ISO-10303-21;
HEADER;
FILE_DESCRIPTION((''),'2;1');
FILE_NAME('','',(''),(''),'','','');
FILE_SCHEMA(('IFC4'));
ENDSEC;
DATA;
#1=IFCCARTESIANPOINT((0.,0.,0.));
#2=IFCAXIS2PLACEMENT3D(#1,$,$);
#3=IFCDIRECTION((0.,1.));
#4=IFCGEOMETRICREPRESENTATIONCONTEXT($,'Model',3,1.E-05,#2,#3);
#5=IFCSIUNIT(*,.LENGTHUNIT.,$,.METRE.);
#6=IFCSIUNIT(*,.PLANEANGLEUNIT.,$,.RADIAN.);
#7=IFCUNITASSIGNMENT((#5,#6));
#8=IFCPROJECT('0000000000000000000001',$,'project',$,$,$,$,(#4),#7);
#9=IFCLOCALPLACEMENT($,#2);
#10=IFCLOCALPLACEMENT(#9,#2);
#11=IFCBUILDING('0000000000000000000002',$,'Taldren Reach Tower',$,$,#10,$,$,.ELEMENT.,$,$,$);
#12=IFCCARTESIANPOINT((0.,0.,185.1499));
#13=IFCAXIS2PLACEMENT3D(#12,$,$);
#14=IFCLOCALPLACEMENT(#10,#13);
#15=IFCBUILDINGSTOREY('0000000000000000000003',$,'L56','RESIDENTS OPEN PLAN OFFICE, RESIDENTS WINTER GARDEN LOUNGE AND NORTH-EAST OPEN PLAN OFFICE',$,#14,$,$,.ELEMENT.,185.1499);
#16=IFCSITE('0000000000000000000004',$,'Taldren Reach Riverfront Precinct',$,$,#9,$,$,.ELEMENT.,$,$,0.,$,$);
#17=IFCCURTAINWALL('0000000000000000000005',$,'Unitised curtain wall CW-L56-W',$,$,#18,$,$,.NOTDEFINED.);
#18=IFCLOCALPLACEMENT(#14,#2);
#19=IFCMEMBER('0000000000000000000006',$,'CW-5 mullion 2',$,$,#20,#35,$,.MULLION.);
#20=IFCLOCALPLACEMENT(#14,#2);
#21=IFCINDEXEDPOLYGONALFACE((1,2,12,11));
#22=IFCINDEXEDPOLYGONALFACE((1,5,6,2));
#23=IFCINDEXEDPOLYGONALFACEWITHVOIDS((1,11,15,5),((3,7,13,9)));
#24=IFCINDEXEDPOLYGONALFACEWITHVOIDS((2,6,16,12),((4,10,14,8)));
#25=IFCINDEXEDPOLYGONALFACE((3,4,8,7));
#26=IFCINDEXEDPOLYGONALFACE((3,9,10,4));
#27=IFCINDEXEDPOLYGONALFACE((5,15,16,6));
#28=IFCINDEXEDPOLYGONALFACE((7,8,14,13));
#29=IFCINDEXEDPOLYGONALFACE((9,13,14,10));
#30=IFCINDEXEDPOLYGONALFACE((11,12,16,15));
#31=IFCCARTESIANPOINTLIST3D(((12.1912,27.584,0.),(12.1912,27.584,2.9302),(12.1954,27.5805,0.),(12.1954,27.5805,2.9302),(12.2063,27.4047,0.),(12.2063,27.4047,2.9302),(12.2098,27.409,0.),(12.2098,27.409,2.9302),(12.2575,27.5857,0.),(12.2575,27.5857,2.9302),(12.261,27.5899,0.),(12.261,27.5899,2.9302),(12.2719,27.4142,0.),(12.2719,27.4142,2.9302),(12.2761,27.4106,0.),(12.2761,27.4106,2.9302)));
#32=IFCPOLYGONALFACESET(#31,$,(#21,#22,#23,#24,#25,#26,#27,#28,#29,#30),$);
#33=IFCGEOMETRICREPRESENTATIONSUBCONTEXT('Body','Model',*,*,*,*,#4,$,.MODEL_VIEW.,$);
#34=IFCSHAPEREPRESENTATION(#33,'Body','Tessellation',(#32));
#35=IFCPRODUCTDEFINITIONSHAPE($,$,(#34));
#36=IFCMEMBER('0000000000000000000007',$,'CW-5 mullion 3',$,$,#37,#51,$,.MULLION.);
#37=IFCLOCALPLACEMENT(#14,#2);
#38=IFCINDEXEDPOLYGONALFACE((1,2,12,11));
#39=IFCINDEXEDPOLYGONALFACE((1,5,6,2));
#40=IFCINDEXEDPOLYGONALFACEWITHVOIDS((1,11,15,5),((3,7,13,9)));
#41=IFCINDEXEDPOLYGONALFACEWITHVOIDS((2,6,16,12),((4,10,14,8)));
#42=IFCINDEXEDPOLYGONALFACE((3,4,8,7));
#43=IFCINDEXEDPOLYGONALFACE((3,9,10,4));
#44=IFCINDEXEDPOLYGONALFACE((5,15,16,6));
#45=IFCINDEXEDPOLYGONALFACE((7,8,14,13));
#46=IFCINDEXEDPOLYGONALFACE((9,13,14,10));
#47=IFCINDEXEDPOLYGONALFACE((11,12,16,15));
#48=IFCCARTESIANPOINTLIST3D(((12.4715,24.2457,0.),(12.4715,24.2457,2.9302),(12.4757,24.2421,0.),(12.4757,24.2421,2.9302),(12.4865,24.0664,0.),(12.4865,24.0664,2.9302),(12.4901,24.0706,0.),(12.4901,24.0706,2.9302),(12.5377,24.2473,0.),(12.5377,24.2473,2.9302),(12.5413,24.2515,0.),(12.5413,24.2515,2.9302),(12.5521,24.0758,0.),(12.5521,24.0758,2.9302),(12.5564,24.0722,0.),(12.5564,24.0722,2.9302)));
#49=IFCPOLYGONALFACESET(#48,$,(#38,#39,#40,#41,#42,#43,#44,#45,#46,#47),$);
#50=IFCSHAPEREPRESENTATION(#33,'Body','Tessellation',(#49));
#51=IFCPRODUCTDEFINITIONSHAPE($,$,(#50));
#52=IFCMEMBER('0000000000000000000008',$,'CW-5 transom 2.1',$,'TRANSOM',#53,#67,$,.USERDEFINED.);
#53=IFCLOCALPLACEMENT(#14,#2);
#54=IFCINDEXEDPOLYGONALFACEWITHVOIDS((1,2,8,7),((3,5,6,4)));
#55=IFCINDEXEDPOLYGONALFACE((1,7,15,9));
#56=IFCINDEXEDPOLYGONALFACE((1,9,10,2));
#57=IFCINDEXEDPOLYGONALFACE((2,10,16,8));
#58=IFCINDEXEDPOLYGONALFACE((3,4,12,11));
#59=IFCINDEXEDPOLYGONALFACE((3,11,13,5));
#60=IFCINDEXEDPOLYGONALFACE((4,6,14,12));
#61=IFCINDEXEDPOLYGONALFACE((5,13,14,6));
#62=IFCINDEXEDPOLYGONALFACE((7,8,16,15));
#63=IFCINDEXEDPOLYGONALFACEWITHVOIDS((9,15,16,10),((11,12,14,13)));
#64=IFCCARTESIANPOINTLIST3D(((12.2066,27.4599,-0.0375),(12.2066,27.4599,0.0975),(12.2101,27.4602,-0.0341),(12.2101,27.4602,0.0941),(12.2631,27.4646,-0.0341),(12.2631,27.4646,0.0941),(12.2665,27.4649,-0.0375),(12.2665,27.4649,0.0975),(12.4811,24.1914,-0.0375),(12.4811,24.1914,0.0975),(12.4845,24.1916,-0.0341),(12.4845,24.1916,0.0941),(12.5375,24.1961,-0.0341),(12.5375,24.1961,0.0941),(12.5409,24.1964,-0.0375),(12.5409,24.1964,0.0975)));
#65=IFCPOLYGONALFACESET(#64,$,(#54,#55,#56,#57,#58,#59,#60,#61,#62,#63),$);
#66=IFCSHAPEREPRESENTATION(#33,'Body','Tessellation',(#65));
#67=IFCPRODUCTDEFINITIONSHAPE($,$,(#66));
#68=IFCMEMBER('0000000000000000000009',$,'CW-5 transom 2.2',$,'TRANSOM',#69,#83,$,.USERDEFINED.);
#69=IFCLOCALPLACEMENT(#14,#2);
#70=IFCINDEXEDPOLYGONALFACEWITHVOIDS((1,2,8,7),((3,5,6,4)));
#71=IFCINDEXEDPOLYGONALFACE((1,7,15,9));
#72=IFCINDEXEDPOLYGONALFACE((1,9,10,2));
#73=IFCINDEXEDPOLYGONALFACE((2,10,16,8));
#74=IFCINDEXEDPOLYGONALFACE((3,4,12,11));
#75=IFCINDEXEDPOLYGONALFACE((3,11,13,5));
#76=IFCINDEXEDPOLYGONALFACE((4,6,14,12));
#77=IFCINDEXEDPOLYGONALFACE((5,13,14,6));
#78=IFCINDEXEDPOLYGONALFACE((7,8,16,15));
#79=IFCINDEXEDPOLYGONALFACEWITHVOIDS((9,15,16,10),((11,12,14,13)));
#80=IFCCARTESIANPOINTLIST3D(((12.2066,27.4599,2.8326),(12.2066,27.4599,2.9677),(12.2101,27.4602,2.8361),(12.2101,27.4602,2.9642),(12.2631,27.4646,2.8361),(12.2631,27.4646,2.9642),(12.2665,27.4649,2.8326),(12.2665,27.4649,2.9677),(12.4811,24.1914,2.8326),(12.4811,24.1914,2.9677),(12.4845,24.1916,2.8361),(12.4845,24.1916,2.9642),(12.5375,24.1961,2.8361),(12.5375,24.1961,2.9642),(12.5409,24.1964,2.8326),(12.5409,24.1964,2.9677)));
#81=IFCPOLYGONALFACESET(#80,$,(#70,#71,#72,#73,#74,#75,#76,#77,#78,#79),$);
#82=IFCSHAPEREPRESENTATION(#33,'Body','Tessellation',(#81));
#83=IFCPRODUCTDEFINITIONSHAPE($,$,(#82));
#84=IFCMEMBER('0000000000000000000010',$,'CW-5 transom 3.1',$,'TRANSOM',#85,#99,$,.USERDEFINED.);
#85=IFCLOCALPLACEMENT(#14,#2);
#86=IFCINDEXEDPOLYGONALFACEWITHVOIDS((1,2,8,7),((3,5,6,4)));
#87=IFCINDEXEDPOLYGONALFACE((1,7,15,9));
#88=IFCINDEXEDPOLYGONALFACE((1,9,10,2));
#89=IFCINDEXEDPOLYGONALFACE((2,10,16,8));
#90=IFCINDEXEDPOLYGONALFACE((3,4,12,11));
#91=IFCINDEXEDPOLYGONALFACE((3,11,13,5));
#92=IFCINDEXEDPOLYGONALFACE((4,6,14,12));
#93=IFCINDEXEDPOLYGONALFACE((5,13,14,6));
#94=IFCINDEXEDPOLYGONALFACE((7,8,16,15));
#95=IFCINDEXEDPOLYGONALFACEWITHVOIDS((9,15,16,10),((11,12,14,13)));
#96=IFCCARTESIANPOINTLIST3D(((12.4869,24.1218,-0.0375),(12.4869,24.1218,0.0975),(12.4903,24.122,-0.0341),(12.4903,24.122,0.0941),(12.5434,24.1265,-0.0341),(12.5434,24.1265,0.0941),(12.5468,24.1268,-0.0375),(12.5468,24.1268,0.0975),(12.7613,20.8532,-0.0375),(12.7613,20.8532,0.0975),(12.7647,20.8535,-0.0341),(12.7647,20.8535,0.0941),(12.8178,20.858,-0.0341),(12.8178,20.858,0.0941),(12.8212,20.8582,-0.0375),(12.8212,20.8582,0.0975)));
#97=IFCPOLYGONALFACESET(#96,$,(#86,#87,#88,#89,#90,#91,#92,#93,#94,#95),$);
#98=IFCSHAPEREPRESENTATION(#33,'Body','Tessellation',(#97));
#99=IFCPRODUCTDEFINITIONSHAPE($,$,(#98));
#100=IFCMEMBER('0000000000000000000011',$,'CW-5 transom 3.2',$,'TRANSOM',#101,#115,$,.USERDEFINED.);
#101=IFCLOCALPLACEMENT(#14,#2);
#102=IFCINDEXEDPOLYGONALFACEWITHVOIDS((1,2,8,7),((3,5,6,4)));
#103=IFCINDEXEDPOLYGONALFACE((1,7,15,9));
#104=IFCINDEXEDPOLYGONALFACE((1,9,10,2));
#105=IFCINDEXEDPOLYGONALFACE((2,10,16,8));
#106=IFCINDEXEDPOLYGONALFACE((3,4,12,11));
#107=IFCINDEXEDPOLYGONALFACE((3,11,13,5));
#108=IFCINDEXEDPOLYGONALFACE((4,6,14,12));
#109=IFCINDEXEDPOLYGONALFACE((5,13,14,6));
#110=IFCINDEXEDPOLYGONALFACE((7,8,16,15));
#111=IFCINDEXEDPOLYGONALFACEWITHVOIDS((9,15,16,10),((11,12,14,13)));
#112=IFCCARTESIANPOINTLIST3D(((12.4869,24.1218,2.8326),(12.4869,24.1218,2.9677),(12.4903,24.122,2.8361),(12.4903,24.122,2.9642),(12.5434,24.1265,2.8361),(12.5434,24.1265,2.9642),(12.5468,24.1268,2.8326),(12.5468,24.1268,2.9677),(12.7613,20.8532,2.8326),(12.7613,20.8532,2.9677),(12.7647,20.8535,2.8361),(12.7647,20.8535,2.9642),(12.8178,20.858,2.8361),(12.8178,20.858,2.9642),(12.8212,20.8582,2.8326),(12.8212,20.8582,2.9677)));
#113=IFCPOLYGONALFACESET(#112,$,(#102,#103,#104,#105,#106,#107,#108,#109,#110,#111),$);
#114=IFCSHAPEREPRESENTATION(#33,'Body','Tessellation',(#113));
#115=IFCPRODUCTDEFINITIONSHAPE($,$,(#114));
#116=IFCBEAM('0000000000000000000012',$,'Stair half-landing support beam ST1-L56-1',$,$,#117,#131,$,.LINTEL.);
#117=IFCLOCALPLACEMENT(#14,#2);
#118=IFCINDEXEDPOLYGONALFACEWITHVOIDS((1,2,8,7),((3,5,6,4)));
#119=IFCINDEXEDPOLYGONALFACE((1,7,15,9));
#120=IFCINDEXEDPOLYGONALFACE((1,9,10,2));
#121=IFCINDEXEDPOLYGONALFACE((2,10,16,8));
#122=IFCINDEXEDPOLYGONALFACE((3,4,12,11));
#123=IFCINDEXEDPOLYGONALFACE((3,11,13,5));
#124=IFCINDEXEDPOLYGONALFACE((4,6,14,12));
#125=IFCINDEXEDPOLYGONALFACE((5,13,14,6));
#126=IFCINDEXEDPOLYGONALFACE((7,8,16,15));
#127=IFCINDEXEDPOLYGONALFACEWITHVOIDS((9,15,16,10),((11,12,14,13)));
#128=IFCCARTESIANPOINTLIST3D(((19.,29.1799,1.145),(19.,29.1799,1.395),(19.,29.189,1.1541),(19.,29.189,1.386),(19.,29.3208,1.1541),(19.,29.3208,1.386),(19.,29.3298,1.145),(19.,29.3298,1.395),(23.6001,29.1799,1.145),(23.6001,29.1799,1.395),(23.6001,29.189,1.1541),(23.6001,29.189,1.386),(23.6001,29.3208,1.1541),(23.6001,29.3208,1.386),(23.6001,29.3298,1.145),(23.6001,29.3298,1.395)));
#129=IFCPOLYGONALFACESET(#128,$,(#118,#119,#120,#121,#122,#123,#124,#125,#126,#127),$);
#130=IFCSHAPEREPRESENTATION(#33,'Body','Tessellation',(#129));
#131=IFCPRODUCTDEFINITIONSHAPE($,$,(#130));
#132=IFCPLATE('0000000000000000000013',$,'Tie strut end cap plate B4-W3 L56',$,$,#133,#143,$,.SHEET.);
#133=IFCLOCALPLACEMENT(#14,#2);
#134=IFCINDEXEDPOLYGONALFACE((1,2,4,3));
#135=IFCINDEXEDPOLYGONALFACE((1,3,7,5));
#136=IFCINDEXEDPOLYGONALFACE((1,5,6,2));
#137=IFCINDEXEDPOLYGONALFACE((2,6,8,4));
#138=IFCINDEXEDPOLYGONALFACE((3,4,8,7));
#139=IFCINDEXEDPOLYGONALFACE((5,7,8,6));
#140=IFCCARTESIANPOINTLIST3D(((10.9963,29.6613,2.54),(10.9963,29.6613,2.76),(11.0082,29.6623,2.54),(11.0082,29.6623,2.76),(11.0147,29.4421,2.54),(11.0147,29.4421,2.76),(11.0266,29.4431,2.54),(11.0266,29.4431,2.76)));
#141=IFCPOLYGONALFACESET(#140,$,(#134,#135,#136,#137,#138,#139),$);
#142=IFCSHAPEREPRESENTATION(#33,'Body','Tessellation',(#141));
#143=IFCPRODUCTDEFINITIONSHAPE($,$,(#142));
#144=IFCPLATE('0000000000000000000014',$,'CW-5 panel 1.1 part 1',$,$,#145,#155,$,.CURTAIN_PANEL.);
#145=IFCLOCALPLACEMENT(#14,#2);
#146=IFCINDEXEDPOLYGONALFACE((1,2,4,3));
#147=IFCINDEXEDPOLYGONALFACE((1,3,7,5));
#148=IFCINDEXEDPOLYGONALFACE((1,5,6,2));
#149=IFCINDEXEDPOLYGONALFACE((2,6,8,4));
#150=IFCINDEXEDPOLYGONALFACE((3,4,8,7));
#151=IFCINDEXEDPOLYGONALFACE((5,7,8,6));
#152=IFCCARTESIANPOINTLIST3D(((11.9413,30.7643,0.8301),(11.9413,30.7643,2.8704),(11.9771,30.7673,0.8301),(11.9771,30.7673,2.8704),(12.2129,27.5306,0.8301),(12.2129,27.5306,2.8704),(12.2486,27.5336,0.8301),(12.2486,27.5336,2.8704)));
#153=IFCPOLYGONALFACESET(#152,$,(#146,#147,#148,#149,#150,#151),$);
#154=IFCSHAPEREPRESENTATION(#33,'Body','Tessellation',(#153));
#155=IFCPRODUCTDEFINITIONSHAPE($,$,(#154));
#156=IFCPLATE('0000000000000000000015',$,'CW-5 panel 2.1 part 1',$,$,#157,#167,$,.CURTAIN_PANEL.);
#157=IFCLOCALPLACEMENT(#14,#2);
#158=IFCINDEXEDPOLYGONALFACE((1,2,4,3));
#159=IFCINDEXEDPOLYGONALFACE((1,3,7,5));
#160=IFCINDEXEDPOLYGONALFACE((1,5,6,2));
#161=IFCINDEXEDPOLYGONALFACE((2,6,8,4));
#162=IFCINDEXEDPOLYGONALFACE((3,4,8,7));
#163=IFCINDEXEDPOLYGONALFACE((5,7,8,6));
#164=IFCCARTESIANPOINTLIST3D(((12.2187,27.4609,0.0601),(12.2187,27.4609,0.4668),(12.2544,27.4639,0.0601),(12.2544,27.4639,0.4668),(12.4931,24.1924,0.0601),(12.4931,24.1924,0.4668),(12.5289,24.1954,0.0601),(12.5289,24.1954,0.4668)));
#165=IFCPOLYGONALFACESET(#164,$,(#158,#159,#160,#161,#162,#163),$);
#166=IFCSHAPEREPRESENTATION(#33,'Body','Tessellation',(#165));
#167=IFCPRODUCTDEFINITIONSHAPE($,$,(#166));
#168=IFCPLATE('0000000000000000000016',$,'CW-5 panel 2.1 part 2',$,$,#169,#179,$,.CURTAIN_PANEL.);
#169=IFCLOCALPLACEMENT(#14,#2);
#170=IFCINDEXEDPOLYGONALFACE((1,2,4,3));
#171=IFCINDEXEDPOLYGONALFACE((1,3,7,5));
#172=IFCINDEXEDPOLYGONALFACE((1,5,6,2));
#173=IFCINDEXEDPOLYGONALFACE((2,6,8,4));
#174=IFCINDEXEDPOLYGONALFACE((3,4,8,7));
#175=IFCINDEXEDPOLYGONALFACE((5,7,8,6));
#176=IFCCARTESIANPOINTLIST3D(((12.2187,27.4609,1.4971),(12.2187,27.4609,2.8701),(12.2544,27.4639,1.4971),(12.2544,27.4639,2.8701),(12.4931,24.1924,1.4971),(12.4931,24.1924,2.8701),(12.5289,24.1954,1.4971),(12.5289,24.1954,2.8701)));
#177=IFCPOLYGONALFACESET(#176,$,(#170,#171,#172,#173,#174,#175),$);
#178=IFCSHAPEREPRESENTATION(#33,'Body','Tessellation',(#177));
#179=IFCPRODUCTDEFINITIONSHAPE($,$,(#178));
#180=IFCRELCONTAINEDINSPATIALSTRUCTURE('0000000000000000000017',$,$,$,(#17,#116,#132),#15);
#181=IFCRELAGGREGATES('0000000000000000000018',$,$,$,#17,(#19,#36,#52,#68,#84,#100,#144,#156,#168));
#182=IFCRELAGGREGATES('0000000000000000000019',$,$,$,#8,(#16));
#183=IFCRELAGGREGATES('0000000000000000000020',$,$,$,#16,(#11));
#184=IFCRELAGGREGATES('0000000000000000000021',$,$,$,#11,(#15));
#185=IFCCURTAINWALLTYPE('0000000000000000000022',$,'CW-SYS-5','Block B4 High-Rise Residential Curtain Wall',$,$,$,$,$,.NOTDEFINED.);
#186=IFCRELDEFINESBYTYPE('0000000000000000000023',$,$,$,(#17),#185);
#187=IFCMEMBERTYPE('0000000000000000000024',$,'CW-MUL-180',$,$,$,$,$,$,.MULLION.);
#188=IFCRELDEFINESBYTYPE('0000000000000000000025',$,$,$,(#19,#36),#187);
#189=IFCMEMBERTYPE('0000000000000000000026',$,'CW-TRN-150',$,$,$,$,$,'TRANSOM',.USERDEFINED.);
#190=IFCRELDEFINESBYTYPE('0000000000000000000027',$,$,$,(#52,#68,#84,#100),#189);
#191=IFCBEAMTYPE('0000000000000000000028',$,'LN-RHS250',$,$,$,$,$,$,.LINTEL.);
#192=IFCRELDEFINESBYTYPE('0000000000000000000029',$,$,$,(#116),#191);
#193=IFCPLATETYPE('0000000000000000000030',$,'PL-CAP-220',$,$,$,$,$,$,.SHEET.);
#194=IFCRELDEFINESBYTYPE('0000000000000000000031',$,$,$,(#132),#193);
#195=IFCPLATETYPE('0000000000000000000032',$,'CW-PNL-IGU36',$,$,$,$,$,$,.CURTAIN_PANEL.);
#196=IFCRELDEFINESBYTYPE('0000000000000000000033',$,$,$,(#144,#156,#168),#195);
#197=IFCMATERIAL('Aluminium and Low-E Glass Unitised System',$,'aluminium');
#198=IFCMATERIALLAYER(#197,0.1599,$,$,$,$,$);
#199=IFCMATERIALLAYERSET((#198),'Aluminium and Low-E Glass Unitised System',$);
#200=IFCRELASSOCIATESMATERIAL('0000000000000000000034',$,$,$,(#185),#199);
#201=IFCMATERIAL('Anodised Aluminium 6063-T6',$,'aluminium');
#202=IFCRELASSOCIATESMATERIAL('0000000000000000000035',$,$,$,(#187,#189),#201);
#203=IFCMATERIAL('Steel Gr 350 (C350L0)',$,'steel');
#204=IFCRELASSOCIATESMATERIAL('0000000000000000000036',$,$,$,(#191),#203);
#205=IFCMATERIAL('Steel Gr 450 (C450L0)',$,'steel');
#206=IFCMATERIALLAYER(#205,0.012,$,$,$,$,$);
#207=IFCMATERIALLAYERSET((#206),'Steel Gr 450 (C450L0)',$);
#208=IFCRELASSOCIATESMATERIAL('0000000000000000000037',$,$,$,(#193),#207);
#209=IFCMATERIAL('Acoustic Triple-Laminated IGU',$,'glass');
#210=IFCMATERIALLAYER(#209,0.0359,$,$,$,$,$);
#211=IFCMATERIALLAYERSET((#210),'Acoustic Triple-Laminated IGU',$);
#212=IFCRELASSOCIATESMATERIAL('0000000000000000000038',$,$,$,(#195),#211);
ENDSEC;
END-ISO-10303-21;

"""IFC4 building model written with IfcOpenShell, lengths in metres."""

from ifc_helpers import new_model, si_unit, direction, frame, origin, origin_2d, place, context, subcontext, project, spatial, rectangle, hollow_rectangle, extrude, source, transform, mapped, material, layer, layer_set, material_profile, profile_set, type_object, element, aggregate, save


model = new_model("IFC4")

# Units and contexts
model_context = context("Model", 3, precision=1e-05, world=origin(), true_north=direction((0.0, 1.0)))
body_context = subcontext(model_context, "Body", "Model", "MODEL_VIEW")
ifc_project = project(units=[si_unit("LENGTHUNIT", "METRE"), si_unit("PLANEANGLEUNIT", "RADIAN")], contexts=[model_context])

# Site, building, storey
site_placement = place(None, origin())
site = spatial("IfcSite", under=ifc_project, at=site_placement, Name="Taldren Reach Riverfront Precinct", CompositionType="ELEMENT", RefElevation=0.0)
building_placement = place(site_placement, origin())
building = spatial("IfcBuilding", under=site, at=building_placement, Name="Taldren Reach Tower", CompositionType="ELEMENT")
storey_placement = place(building_placement, frame((0.0, 0.0, 185.1499)))
storey = spatial("IfcBuildingStorey", under=building, at=storey_placement, Name="L56", Description="RESIDENTS OPEN PLAN OFFICE, RESIDENTS WINTER GARDEN LOUNGE AND NORTH-EAST OPEN PLAN OFFICE", CompositionType="ELEMENT", Elevation=185.1499)

# Shared definitions
ifc_material_1 = material(Name="Steel Gr 450 (C450L0)", Category="steel")

# Shared definitions
ifc_material_2 = material(Name="Steel Gr 350 (C350L0)", Category="steel")

# Curtain wall, members
ifc_material_3 = material(Name="Aluminium and Low-E Glass Unitised System", Category="aluminium")
ifc_layer_1 = layer(ifc_material_3, 0.1599)
ifc_layer_set_1 = layer_set([ifc_layer_1], Name="Aluminium and Low-E Glass Unitised System")
curtain_wall_type = type_object("IfcCurtainWallType", Name="CW-SYS-5", Description="Block B4 High-Rise Residential Curtain Wall", PredefinedType="NOTDEFINED", material=ifc_layer_set_1)
curtain_wall_placement = place(storey_placement, origin())
curtain_wall = element("IfcCurtainWall", 1, at=curtain_wall_placement, inside=storey, type_object=curtain_wall_type, Name="Unitised curtain wall CW-L56-W", PredefinedType="NOTDEFINED")
ifc_material_4 = material(Name="Anodised Aluminium 6063-T6", Category="aluminium")
ifc_material_profile_1 = material_profile(ifc_material_4, hollow_rectangle(XDim=0.0701, YDim=0.1799, WallThickness=0.0039, at=origin_2d()), Name="ALU-180x70x4RHS")
ifc_profile_set_1 = profile_set([ifc_material_profile_1], Name="Anodised Aluminium 6063-T6")
member_type_1 = type_object("IfcMemberType", Name="CW-MUL-180", PredefinedType="MULLION", material=ifc_profile_set_1)
shared_shape_1 = source(origin(), body_context, "Body", "SweptSolid", [
    extrude(hollow_rectangle(XDim=0.0701, YDim=0.1799, WallThickness=0.0039, at=origin_2d()), origin(), (0.0, 0.0, 1.0), 2.9302),
])
member_1_placement = place(storey_placement, frame((12.2336, 27.4973, 0.0), z_axis=(0.0, 0.0, 1.0), x_axis=(0.996493, 0.083678, 0.0)))
member_1 = element("IfcMember", 2, at=member_1_placement, type_object=member_type_1, Name="CW-5 mullion 2", PredefinedType="MULLION", context=body_context, shape_type="MappedRepresentation", body=[
    mapped(shared_shape_1, transform((0.0, 0.0, 0.0), scale=1.0)),
])
member_2_placement = place(storey_placement, frame((12.5139, 24.1589, 0.0), z_axis=(0.0, 0.0, 1.0), x_axis=(0.996493, 0.083678, 0.0)))
member_2 = element("IfcMember", 3, at=member_2_placement, type_object=member_type_1, Name="CW-5 mullion 3", PredefinedType="MULLION", context=body_context, shape_type="MappedRepresentation", body=[
    mapped(shared_shape_1, transform((0.0, 0.0, 0.0), scale=1.0)),
])
ifc_material_profile_2 = material_profile(ifc_material_4, hollow_rectangle(XDim=0.0601, YDim=0.135, WallThickness=0.0034, at=origin_2d()), Name="ALU-135x60x3.5RHS")
ifc_profile_set_2 = profile_set([ifc_material_profile_2], Name="Anodised Aluminium 6063-T6")
member_type_2 = type_object("IfcMemberType", Name="CW-TRN-150", ElementType="TRANSOM", PredefinedType="USERDEFINED", material=ifc_profile_set_2)
shared_shape_2 = source(origin(), body_context, "Body", "SweptSolid", [
    extrude(hollow_rectangle(XDim=0.0601, YDim=0.135, WallThickness=0.0034, at=origin_2d()), origin(), (0.0, 0.0, 1.0), 3.28),
])
member_3_placement = place(storey_placement, frame((12.2366, 27.4624, 0.03), z_axis=(0.083661, -0.996494, 0.0), x_axis=(0.996494, 0.083661, 0.0)))
member_3 = element("IfcMember", 4, at=member_3_placement, type_object=member_type_2, Name="CW-5 transom 2.1", ObjectType="TRANSOM", PredefinedType="USERDEFINED", context=body_context, shape_type="MappedRepresentation", body=[
    mapped(shared_shape_2, transform((0.0, 0.0, 0.0), scale=1.0)),
])
member_4_placement = place(storey_placement, frame((12.2366, 27.4624, 2.9001), z_axis=(0.083661, -0.996494, 0.0), x_axis=(0.996494, 0.083661, 0.0)))
member_4 = element("IfcMember", 5, at=member_4_placement, type_object=member_type_2, Name="CW-5 transom 2.2", ObjectType="TRANSOM", PredefinedType="USERDEFINED", context=body_context, shape_type="MappedRepresentation", body=[
    mapped(shared_shape_2, transform((0.0, 0.0, 0.0), scale=1.0)),
])
member_5_placement = place(storey_placement, frame((12.5168, 24.1243, 0.03), z_axis=(0.083661, -0.996494, 0.0), x_axis=(0.996494, 0.083661, 0.0)))
member_5 = element("IfcMember", 6, at=member_5_placement, type_object=member_type_2, Name="CW-5 transom 3.1", ObjectType="TRANSOM", PredefinedType="USERDEFINED", context=body_context, shape_type="MappedRepresentation", body=[
    mapped(shared_shape_2, transform((0.0, 0.0, 0.0), scale=1.0)),
])
member_6_placement = place(storey_placement, frame((12.5168, 24.1243, 2.9001), z_axis=(0.083661, -0.996494, 0.0), x_axis=(0.996494, 0.083661, 0.0)))
member_6 = element("IfcMember", 7, at=member_6_placement, type_object=member_type_2, Name="CW-5 transom 3.2", ObjectType="TRANSOM", PredefinedType="USERDEFINED", context=body_context, shape_type="MappedRepresentation", body=[
    mapped(shared_shape_2, transform((0.0, 0.0, 0.0), scale=1.0)),
])

# Beam
ifc_material_profile_3 = material_profile(ifc_material_2, hollow_rectangle(XDim=0.1499, YDim=0.25, WallThickness=0.009, at=origin_2d()), Name="250x150x9.0RHS")
ifc_profile_set_3 = profile_set([ifc_material_profile_3], Name="Steel Gr 350 (C350L0)")
beam_type_1 = type_object("IfcBeamType", Name="LN-RHS250", PredefinedType="LINTEL", material=ifc_profile_set_3)
shared_shape_3 = source(origin(), body_context, "Body", "SweptSolid", [
    extrude(hollow_rectangle(XDim=0.1499, YDim=0.25, WallThickness=0.009, at=origin_2d()), origin(), (0.0, 0.0, 1.0), 4.6001),
])
beam_1_placement = place(storey_placement, frame((19.0, 29.2549, 1.27), z_axis=(1.0, 0.0, 0.0), x_axis=(0.0, 1.0, 0.0)))
element("IfcBeam", 8, at=beam_1_placement, inside=storey, type_object=beam_type_1, Name="Stair half-landing support beam ST1-L56-1", PredefinedType="LINTEL", context=body_context, shape_type="MappedRepresentation", body=[
    mapped(shared_shape_3, transform((0.0, 0.0, 0.0), scale=1.0)),
])

# Plates
ifc_layer_2 = layer(ifc_material_1, 0.012)
ifc_layer_set_2 = layer_set([ifc_layer_2], Name="Steel Gr 450 (C450L0)")
plate_type_1 = type_object("IfcPlateType", Name="PL-CAP-220", PredefinedType="SHEET", material=ifc_layer_set_2)
shared_shape_4 = source(origin(), body_context, "Body", "SweptSolid", [
    extrude(rectangle(XDim=0.012, YDim=0.22, at=origin_2d()), origin(), (0.0, 0.0, 1.0), 0.22),
])
plate_1_placement = place(storey_placement, frame((11.0115, 29.5522, 2.54), z_axis=(0.0, 0.0, 1.0), x_axis=(0.996493, 0.083678, 0.0)))
element("IfcPlate", 9, at=plate_1_placement, inside=storey, type_object=plate_type_1, Name="Tie strut end cap plate B4-W3 L56", PredefinedType="SHEET", context=body_context, shape_type="MappedRepresentation", body=[
    mapped(shared_shape_4, transform((0.0, 0.0, 0.0), scale=1.0)),
])
ifc_material_5 = material(Name="Acoustic Triple-Laminated IGU", Category="glass")
ifc_layer_3 = layer(ifc_material_5, 0.0359)
ifc_layer_set_3 = layer_set([ifc_layer_3], Name="Acoustic Triple-Laminated IGU")
plate_type_2 = type_object("IfcPlateType", Name="CW-PNL-IGU36", PredefinedType="CURTAIN_PANEL", material=ifc_layer_set_3)
shared_shape_5 = source(origin(), body_context, "Body", "SweptSolid", [
    extrude(rectangle(XDim=3.2451, YDim=0.0359, at=origin_2d()), origin(), (0.0, 0.0, 1.0), 2.0403),
])
plate_2_placement = place(storey_placement, frame((12.095, 29.1489, 0.8301), z_axis=(0.0, 0.0, 1.0), x_axis=(0.083678, -0.996493, 0.0)))
plate_2 = element("IfcPlate", 10, at=plate_2_placement, type_object=plate_type_2, Name="CW-5 panel 1.1 part 1", PredefinedType="CURTAIN_PANEL", context=body_context, shape_type="MappedRepresentation", body=[
    mapped(shared_shape_5, transform((0.0, 0.0, 0.0), scale=1.0)),
])
shared_shape_6 = source(origin(), body_context, "Body", "SweptSolid", [
    extrude(rectangle(XDim=3.28, YDim=0.0359, at=origin_2d()), origin(), (0.0, 0.0, 1.0), 0.4067),
])
plate_3_placement = place(storey_placement, frame((12.3738, 25.8281, 0.0601), z_axis=(0.0, 0.0, 1.0), x_axis=(0.083678, -0.996493, 0.0)))
plate_3 = element("IfcPlate", 11, at=plate_3_placement, type_object=plate_type_2, Name="CW-5 panel 2.1 part 1", PredefinedType="CURTAIN_PANEL", context=body_context, shape_type="MappedRepresentation", body=[
    mapped(shared_shape_6, transform((0.0, 0.0, 0.0), scale=1.0)),
])
shared_shape_7 = source(origin(), body_context, "Body", "SweptSolid", [
    extrude(rectangle(XDim=3.28, YDim=0.0359, at=origin_2d()), origin(), (0.0, 0.0, 1.0), 1.373),
])
plate_4_placement = place(storey_placement, frame((12.3738, 25.8281, 1.4971), z_axis=(0.0, 0.0, 1.0), x_axis=(0.083678, -0.996493, 0.0)))
plate_4 = element("IfcPlate", 12, at=plate_4_placement, type_object=plate_type_2, Name="CW-5 panel 2.1 part 2", PredefinedType="CURTAIN_PANEL", context=body_context, shape_type="MappedRepresentation", body=[
    mapped(shared_shape_7, transform((0.0, 0.0, 0.0), scale=1.0)),
])
aggregate(curtain_wall, [member_1, member_2, member_3, member_4, member_5, member_6, plate_2, plate_3, plate_4])

save(model, "model.ifc")
